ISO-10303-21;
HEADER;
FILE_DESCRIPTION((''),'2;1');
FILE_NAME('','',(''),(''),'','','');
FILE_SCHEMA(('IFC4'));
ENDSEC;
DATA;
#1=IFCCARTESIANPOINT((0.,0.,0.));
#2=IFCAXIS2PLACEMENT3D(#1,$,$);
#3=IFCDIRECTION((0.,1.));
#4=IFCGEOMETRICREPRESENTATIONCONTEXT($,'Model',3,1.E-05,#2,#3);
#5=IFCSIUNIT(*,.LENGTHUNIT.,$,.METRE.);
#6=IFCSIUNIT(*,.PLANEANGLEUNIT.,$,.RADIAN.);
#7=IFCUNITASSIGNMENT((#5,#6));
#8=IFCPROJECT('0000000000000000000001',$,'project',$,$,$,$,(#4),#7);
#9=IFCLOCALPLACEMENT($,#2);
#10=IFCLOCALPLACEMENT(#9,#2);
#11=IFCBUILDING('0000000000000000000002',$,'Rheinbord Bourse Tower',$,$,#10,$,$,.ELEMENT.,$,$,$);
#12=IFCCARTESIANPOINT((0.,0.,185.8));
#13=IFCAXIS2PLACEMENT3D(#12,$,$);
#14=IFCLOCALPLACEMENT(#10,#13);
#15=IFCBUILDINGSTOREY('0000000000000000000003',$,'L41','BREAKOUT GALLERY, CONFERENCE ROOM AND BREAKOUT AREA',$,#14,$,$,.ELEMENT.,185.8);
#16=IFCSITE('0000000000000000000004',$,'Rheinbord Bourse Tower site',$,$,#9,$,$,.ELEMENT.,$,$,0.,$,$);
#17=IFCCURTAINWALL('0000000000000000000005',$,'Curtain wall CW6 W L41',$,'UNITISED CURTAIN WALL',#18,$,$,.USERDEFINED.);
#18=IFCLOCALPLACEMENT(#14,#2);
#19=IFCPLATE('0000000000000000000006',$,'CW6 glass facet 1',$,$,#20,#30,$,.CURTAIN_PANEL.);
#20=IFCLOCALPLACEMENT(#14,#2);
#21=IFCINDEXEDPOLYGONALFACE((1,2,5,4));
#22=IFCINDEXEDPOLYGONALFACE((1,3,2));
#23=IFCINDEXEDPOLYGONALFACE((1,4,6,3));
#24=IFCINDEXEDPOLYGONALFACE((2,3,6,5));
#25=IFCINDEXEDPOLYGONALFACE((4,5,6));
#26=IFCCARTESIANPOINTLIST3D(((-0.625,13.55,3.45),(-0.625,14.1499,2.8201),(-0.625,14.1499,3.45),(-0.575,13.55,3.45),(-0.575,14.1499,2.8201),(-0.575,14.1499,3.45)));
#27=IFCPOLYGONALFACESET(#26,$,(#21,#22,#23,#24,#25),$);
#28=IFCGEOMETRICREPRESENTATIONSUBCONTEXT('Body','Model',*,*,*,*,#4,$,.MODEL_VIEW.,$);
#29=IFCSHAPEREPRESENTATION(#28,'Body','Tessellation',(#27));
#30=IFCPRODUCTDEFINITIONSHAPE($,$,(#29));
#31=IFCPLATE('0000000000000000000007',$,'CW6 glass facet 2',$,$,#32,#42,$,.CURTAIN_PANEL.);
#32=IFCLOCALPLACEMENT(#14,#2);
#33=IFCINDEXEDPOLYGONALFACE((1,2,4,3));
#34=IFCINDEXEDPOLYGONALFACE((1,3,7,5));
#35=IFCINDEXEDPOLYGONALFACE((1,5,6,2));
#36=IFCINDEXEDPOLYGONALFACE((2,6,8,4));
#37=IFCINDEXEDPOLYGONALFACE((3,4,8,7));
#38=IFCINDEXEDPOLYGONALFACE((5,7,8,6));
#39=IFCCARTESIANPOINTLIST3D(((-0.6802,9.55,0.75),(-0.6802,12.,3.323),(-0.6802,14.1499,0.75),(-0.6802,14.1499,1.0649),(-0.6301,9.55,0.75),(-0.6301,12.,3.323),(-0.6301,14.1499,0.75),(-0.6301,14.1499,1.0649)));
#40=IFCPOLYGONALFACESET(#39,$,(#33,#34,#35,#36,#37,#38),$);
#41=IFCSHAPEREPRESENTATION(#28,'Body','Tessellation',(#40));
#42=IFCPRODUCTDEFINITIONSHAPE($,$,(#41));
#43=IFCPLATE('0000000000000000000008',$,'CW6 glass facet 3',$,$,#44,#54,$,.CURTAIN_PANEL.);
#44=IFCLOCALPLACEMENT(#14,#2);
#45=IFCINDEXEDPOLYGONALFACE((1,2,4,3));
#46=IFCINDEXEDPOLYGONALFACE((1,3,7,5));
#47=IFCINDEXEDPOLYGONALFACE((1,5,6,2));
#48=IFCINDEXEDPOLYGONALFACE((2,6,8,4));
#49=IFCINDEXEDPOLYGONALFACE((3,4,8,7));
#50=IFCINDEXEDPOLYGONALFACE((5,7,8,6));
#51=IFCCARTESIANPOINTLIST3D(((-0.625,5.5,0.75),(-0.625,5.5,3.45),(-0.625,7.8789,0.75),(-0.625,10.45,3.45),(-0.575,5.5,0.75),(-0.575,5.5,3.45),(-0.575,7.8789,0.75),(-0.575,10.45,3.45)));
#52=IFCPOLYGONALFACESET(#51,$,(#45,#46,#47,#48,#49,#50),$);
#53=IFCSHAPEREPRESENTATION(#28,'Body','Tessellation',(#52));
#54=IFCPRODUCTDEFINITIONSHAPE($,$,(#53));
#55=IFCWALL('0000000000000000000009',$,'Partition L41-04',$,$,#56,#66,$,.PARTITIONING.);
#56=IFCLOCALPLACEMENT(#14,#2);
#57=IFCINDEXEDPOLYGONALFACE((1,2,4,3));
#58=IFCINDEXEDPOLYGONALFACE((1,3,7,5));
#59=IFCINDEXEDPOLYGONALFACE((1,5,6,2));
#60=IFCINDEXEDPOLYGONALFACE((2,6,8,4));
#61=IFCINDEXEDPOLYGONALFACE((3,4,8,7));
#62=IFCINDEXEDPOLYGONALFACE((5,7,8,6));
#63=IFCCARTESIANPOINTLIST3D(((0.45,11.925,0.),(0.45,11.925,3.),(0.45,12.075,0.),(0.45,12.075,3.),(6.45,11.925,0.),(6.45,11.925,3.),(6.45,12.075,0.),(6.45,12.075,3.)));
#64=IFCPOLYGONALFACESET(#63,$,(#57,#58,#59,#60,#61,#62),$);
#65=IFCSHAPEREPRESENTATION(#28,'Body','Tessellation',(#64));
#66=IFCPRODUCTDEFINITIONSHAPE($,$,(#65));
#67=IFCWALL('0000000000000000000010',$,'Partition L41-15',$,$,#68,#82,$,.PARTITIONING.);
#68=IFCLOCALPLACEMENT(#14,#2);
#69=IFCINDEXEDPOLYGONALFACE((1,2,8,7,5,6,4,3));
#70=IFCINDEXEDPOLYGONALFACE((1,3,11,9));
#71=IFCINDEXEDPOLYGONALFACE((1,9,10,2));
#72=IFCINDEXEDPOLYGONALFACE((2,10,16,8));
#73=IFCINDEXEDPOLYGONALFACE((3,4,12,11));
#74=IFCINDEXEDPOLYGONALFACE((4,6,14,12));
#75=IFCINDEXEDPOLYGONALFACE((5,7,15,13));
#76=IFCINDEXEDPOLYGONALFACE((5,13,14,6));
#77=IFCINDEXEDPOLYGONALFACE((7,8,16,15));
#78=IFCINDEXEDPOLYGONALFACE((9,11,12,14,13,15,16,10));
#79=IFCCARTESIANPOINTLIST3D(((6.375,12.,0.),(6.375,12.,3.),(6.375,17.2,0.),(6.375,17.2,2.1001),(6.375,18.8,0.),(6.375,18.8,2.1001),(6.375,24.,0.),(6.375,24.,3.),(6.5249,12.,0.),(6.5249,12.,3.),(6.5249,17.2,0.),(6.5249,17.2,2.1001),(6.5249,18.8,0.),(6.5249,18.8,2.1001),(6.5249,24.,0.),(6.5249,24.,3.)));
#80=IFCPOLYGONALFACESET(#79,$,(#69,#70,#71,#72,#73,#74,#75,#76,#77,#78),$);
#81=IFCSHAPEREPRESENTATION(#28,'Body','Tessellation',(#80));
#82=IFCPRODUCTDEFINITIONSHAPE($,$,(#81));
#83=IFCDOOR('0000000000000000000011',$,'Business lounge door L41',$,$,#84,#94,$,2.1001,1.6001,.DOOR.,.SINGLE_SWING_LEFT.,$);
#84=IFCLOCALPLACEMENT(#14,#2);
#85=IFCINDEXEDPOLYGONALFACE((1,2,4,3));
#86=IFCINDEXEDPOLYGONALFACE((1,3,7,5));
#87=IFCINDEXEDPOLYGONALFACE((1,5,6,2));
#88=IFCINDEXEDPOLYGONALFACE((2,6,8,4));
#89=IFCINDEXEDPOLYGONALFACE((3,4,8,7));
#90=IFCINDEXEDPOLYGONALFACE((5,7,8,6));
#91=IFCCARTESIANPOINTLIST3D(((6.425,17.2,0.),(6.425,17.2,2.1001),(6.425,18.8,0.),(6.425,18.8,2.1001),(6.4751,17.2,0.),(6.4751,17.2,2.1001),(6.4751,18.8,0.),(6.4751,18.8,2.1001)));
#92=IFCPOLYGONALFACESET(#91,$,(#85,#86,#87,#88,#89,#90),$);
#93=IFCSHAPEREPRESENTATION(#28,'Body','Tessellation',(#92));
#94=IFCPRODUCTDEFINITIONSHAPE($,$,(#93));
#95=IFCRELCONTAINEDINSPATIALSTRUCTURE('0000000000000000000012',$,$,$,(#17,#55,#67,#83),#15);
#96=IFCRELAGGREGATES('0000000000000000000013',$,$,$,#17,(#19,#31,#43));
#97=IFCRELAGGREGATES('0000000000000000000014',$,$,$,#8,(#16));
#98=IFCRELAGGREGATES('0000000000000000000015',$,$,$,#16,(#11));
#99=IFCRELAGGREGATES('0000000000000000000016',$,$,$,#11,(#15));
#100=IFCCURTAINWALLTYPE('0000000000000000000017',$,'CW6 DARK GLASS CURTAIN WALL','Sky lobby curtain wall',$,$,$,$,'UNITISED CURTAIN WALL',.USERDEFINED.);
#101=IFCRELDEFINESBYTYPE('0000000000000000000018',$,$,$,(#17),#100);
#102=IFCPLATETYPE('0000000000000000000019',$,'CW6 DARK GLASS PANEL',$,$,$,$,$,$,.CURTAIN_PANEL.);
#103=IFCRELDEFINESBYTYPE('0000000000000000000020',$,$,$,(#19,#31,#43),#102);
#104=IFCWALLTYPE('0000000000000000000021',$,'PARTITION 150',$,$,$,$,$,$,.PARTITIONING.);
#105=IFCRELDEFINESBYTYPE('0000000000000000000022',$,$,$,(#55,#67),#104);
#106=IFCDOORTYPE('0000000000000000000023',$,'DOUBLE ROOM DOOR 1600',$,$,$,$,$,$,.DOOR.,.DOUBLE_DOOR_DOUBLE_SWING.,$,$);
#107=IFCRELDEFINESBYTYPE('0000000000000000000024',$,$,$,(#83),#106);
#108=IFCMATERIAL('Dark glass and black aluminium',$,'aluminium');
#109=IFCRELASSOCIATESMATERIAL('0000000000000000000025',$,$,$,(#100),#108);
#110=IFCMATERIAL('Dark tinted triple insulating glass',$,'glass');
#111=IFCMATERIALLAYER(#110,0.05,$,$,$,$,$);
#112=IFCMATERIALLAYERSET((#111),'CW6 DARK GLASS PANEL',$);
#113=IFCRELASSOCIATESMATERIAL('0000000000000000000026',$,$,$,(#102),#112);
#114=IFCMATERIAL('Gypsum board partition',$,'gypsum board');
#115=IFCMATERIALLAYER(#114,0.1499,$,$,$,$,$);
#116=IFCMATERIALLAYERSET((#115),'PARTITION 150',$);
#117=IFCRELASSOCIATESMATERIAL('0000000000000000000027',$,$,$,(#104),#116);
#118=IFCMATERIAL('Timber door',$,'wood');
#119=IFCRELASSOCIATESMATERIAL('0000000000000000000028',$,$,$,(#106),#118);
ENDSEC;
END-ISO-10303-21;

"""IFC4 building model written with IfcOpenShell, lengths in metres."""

from ifc_helpers import new_model, si_unit, direction, frame, frame_2d, origin, place, context, subcontext, project, spatial, polyline, rectangle, outline, extrude, material, layer, layer_set, type_object, element, fill, aggregate, save


model = new_model("IFC4")

# Units and contexts
model_context = context("Model", 3, precision=1e-05, world=origin(), true_north=direction((0.0, 1.0)))
body_context = subcontext(model_context, "Body", "Model", "MODEL_VIEW")
ifc_project = project(units=[si_unit("LENGTHUNIT", "METRE"), si_unit("PLANEANGLEUNIT", "RADIAN")], contexts=[model_context])

# Site, building, storey
site_placement = place(None, origin())
site = spatial("IfcSite", under=ifc_project, at=site_placement, Name="Rheinbord Bourse Tower site", CompositionType="ELEMENT", RefElevation=0.0)
building_placement = place(site_placement, origin())
building = spatial("IfcBuilding", under=site, at=building_placement, Name="Rheinbord Bourse Tower", CompositionType="ELEMENT")
storey_placement = place(building_placement, frame((0.0, 0.0, 185.8)))
storey = spatial("IfcBuildingStorey", under=building, at=storey_placement, Name="L41", Description="BREAKOUT GALLERY, CONFERENCE ROOM AND BREAKOUT AREA", CompositionType="ELEMENT", Elevation=185.8)

# Curtain wall
ifc_material_1 = material(Name="Dark glass and black aluminium", Category="aluminium")
curtain_wall_type = type_object("IfcCurtainWallType", Name="CW6 DARK GLASS CURTAIN WALL", Description="Sky lobby curtain wall", ElementType="UNITISED CURTAIN WALL", PredefinedType="USERDEFINED", material=ifc_material_1)
curtain_wall_placement = place(storey_placement, origin())
curtain_wall = element("IfcCurtainWall", 1, at=curtain_wall_placement, inside=storey, type_object=curtain_wall_type, Name="Curtain wall CW6 W L41", ObjectType="UNITISED CURTAIN WALL", PredefinedType="USERDEFINED")

# Plates
ifc_material_2 = material(Name="Dark tinted triple insulating glass", Category="glass")
ifc_layer_1 = layer(ifc_material_2, 0.05)
ifc_layer_set_1 = layer_set([ifc_layer_1], Name="CW6 DARK GLASS PANEL")
plate_type = type_object("IfcPlateType", Name="CW6 DARK GLASS PANEL", PredefinedType="CURTAIN_PANEL", material=ifc_layer_set_1)
plate_1_placement = place(storey_placement, frame((-0.625, 14.1499, 3.45), z_axis=(1.0, 0.0, 0.0), x_axis=(0.0, -1.0, 0.0)))
plate_1 = element("IfcPlate", 2, at=plate_1_placement, type_object=plate_type, Name="CW6 glass facet 1", PredefinedType="CURTAIN_PANEL", context=body_context, shape_type="SweptSolid", body=[
    extrude(outline(polyline([(0.0, 0.0), (0.5999, 0.0), (0.0, 0.6299), (0.0, 0.0)])), origin(), (0.0, 0.0, 1.0), 0.05),
])
plate_2_placement = place(storey_placement, frame((-0.6802, 14.1499, 0.75), z_axis=(1.0, 0.0, 0.0), x_axis=(0.0, 0.0, 1.0)))
plate_2 = element("IfcPlate", 3, at=plate_2_placement, type_object=plate_type, Name="CW6 glass facet 2", PredefinedType="CURTAIN_PANEL", context=body_context, shape_type="SweptSolid", body=[
    extrude(outline(polyline([(0.0, 0.0), (0.3149, 0.0), (2.573, 2.1499), (0.0, 4.5999), (0.0, 0.0)])), origin(), (0.0, 0.0, 1.0), 0.05),
])
plate_3_placement = place(storey_placement, frame((-0.625, 5.5, 3.45), z_axis=(1.0, 0.0, 0.0), x_axis=(0.0, 0.0, -1.0)))
plate_3 = element("IfcPlate", 4, at=plate_3_placement, type_object=plate_type, Name="CW6 glass facet 3", PredefinedType="CURTAIN_PANEL", context=body_context, shape_type="SweptSolid", body=[
    extrude(outline(polyline([(0.0, 0.0), (2.7, 0.0), (2.7, 2.3789), (0.0, 4.95), (0.0, 0.0)])), origin(), (0.0, 0.0, 1.0), 0.05),
])
aggregate(curtain_wall, [plate_1, plate_2, plate_3])

# Wall
ifc_material_3 = material(Name="Gypsum board partition", Category="gypsum board")
ifc_layer_2 = layer(ifc_material_3, 0.1499)
ifc_layer_set_2 = layer_set([ifc_layer_2], Name="PARTITION 150")
wall_type = type_object("IfcWallType", Name="PARTITION 150", PredefinedType="PARTITIONING", material=ifc_layer_set_2)
wall_1_placement = place(storey_placement, frame((0.45, 12.0, 0.0), z_axis=(0.0, 0.0, 1.0), x_axis=(1.0, 0.0, 0.0)))
element("IfcWall", 5, at=wall_1_placement, inside=storey, type_object=wall_type, Name="Partition L41-04", PredefinedType="PARTITIONING", context=body_context, shape_type="SweptSolid", body=[
    extrude(rectangle(XDim=6.0, YDim=0.1499, at=frame_2d((3.0, 0.0))), origin(), (0.0, 0.0, 1.0), 3.0),
])

# Wall, opening, door
wall_2_placement = place(storey_placement, frame((6.45, 12.0, 0.0), z_axis=(0.0, 0.0, 1.0), x_axis=(0.0, 1.0, 0.0)))
wall_2 = element("IfcWall", 6, at=wall_2_placement, inside=storey, type_object=wall_type, Name="Partition L41-15", PredefinedType="PARTITIONING", context=body_context, shape_type="SweptSolid", body=[
    extrude(rectangle(XDim=12.0, YDim=0.1499, at=frame_2d((6.0, 0.0))), origin(), (0.0, 0.0, 1.0), 3.0),
])
opening_placement = place(wall_2_placement, frame((5.2, 0.0, 0.0)))
opening = element("IfcOpeningElement", 7, at=opening_placement, cuts=wall_2, PredefinedType="OPENING", context=body_context, shape_type="SweptSolid", body=[
    extrude(rectangle(XDim=1.6001, YDim=2.1001, at=frame_2d((0.8, 1.05))), frame((0.0, 0.085, 0.0), z_axis=(0.0, -1.0, 0.0), x_axis=(1.0, 0.0, 0.0)), (0.0, 0.0, 1.0), 0.1699),
])
ifc_material_4 = material(Name="Timber door", Category="wood")
door_type = type_object("IfcDoorType", Name="DOUBLE ROOM DOOR 1600", OperationType="DOUBLE_DOOR_DOUBLE_SWING", PredefinedType="DOOR", material=ifc_material_4)
door_placement = place(opening_placement, origin())
door = element("IfcDoor", 8, at=door_placement, inside=storey, type_object=door_type, Name="Business lounge door L41", OperationType="SINGLE_SWING_LEFT", OverallHeight=2.1001, OverallWidth=1.6001, PredefinedType="DOOR", context=body_context, shape_type="SweptSolid", body=[
    extrude(rectangle(XDim=1.6001, YDim=2.1001, at=frame_2d((0.8, 1.05))), frame((0.0, 0.0249, 0.0), z_axis=(0.0, -1.0, 0.0), x_axis=(1.0, 0.0, 0.0)), (0.0, 0.0, 1.0), 0.05),
])
fill(opening, door)

save(model, "model.ifc")
